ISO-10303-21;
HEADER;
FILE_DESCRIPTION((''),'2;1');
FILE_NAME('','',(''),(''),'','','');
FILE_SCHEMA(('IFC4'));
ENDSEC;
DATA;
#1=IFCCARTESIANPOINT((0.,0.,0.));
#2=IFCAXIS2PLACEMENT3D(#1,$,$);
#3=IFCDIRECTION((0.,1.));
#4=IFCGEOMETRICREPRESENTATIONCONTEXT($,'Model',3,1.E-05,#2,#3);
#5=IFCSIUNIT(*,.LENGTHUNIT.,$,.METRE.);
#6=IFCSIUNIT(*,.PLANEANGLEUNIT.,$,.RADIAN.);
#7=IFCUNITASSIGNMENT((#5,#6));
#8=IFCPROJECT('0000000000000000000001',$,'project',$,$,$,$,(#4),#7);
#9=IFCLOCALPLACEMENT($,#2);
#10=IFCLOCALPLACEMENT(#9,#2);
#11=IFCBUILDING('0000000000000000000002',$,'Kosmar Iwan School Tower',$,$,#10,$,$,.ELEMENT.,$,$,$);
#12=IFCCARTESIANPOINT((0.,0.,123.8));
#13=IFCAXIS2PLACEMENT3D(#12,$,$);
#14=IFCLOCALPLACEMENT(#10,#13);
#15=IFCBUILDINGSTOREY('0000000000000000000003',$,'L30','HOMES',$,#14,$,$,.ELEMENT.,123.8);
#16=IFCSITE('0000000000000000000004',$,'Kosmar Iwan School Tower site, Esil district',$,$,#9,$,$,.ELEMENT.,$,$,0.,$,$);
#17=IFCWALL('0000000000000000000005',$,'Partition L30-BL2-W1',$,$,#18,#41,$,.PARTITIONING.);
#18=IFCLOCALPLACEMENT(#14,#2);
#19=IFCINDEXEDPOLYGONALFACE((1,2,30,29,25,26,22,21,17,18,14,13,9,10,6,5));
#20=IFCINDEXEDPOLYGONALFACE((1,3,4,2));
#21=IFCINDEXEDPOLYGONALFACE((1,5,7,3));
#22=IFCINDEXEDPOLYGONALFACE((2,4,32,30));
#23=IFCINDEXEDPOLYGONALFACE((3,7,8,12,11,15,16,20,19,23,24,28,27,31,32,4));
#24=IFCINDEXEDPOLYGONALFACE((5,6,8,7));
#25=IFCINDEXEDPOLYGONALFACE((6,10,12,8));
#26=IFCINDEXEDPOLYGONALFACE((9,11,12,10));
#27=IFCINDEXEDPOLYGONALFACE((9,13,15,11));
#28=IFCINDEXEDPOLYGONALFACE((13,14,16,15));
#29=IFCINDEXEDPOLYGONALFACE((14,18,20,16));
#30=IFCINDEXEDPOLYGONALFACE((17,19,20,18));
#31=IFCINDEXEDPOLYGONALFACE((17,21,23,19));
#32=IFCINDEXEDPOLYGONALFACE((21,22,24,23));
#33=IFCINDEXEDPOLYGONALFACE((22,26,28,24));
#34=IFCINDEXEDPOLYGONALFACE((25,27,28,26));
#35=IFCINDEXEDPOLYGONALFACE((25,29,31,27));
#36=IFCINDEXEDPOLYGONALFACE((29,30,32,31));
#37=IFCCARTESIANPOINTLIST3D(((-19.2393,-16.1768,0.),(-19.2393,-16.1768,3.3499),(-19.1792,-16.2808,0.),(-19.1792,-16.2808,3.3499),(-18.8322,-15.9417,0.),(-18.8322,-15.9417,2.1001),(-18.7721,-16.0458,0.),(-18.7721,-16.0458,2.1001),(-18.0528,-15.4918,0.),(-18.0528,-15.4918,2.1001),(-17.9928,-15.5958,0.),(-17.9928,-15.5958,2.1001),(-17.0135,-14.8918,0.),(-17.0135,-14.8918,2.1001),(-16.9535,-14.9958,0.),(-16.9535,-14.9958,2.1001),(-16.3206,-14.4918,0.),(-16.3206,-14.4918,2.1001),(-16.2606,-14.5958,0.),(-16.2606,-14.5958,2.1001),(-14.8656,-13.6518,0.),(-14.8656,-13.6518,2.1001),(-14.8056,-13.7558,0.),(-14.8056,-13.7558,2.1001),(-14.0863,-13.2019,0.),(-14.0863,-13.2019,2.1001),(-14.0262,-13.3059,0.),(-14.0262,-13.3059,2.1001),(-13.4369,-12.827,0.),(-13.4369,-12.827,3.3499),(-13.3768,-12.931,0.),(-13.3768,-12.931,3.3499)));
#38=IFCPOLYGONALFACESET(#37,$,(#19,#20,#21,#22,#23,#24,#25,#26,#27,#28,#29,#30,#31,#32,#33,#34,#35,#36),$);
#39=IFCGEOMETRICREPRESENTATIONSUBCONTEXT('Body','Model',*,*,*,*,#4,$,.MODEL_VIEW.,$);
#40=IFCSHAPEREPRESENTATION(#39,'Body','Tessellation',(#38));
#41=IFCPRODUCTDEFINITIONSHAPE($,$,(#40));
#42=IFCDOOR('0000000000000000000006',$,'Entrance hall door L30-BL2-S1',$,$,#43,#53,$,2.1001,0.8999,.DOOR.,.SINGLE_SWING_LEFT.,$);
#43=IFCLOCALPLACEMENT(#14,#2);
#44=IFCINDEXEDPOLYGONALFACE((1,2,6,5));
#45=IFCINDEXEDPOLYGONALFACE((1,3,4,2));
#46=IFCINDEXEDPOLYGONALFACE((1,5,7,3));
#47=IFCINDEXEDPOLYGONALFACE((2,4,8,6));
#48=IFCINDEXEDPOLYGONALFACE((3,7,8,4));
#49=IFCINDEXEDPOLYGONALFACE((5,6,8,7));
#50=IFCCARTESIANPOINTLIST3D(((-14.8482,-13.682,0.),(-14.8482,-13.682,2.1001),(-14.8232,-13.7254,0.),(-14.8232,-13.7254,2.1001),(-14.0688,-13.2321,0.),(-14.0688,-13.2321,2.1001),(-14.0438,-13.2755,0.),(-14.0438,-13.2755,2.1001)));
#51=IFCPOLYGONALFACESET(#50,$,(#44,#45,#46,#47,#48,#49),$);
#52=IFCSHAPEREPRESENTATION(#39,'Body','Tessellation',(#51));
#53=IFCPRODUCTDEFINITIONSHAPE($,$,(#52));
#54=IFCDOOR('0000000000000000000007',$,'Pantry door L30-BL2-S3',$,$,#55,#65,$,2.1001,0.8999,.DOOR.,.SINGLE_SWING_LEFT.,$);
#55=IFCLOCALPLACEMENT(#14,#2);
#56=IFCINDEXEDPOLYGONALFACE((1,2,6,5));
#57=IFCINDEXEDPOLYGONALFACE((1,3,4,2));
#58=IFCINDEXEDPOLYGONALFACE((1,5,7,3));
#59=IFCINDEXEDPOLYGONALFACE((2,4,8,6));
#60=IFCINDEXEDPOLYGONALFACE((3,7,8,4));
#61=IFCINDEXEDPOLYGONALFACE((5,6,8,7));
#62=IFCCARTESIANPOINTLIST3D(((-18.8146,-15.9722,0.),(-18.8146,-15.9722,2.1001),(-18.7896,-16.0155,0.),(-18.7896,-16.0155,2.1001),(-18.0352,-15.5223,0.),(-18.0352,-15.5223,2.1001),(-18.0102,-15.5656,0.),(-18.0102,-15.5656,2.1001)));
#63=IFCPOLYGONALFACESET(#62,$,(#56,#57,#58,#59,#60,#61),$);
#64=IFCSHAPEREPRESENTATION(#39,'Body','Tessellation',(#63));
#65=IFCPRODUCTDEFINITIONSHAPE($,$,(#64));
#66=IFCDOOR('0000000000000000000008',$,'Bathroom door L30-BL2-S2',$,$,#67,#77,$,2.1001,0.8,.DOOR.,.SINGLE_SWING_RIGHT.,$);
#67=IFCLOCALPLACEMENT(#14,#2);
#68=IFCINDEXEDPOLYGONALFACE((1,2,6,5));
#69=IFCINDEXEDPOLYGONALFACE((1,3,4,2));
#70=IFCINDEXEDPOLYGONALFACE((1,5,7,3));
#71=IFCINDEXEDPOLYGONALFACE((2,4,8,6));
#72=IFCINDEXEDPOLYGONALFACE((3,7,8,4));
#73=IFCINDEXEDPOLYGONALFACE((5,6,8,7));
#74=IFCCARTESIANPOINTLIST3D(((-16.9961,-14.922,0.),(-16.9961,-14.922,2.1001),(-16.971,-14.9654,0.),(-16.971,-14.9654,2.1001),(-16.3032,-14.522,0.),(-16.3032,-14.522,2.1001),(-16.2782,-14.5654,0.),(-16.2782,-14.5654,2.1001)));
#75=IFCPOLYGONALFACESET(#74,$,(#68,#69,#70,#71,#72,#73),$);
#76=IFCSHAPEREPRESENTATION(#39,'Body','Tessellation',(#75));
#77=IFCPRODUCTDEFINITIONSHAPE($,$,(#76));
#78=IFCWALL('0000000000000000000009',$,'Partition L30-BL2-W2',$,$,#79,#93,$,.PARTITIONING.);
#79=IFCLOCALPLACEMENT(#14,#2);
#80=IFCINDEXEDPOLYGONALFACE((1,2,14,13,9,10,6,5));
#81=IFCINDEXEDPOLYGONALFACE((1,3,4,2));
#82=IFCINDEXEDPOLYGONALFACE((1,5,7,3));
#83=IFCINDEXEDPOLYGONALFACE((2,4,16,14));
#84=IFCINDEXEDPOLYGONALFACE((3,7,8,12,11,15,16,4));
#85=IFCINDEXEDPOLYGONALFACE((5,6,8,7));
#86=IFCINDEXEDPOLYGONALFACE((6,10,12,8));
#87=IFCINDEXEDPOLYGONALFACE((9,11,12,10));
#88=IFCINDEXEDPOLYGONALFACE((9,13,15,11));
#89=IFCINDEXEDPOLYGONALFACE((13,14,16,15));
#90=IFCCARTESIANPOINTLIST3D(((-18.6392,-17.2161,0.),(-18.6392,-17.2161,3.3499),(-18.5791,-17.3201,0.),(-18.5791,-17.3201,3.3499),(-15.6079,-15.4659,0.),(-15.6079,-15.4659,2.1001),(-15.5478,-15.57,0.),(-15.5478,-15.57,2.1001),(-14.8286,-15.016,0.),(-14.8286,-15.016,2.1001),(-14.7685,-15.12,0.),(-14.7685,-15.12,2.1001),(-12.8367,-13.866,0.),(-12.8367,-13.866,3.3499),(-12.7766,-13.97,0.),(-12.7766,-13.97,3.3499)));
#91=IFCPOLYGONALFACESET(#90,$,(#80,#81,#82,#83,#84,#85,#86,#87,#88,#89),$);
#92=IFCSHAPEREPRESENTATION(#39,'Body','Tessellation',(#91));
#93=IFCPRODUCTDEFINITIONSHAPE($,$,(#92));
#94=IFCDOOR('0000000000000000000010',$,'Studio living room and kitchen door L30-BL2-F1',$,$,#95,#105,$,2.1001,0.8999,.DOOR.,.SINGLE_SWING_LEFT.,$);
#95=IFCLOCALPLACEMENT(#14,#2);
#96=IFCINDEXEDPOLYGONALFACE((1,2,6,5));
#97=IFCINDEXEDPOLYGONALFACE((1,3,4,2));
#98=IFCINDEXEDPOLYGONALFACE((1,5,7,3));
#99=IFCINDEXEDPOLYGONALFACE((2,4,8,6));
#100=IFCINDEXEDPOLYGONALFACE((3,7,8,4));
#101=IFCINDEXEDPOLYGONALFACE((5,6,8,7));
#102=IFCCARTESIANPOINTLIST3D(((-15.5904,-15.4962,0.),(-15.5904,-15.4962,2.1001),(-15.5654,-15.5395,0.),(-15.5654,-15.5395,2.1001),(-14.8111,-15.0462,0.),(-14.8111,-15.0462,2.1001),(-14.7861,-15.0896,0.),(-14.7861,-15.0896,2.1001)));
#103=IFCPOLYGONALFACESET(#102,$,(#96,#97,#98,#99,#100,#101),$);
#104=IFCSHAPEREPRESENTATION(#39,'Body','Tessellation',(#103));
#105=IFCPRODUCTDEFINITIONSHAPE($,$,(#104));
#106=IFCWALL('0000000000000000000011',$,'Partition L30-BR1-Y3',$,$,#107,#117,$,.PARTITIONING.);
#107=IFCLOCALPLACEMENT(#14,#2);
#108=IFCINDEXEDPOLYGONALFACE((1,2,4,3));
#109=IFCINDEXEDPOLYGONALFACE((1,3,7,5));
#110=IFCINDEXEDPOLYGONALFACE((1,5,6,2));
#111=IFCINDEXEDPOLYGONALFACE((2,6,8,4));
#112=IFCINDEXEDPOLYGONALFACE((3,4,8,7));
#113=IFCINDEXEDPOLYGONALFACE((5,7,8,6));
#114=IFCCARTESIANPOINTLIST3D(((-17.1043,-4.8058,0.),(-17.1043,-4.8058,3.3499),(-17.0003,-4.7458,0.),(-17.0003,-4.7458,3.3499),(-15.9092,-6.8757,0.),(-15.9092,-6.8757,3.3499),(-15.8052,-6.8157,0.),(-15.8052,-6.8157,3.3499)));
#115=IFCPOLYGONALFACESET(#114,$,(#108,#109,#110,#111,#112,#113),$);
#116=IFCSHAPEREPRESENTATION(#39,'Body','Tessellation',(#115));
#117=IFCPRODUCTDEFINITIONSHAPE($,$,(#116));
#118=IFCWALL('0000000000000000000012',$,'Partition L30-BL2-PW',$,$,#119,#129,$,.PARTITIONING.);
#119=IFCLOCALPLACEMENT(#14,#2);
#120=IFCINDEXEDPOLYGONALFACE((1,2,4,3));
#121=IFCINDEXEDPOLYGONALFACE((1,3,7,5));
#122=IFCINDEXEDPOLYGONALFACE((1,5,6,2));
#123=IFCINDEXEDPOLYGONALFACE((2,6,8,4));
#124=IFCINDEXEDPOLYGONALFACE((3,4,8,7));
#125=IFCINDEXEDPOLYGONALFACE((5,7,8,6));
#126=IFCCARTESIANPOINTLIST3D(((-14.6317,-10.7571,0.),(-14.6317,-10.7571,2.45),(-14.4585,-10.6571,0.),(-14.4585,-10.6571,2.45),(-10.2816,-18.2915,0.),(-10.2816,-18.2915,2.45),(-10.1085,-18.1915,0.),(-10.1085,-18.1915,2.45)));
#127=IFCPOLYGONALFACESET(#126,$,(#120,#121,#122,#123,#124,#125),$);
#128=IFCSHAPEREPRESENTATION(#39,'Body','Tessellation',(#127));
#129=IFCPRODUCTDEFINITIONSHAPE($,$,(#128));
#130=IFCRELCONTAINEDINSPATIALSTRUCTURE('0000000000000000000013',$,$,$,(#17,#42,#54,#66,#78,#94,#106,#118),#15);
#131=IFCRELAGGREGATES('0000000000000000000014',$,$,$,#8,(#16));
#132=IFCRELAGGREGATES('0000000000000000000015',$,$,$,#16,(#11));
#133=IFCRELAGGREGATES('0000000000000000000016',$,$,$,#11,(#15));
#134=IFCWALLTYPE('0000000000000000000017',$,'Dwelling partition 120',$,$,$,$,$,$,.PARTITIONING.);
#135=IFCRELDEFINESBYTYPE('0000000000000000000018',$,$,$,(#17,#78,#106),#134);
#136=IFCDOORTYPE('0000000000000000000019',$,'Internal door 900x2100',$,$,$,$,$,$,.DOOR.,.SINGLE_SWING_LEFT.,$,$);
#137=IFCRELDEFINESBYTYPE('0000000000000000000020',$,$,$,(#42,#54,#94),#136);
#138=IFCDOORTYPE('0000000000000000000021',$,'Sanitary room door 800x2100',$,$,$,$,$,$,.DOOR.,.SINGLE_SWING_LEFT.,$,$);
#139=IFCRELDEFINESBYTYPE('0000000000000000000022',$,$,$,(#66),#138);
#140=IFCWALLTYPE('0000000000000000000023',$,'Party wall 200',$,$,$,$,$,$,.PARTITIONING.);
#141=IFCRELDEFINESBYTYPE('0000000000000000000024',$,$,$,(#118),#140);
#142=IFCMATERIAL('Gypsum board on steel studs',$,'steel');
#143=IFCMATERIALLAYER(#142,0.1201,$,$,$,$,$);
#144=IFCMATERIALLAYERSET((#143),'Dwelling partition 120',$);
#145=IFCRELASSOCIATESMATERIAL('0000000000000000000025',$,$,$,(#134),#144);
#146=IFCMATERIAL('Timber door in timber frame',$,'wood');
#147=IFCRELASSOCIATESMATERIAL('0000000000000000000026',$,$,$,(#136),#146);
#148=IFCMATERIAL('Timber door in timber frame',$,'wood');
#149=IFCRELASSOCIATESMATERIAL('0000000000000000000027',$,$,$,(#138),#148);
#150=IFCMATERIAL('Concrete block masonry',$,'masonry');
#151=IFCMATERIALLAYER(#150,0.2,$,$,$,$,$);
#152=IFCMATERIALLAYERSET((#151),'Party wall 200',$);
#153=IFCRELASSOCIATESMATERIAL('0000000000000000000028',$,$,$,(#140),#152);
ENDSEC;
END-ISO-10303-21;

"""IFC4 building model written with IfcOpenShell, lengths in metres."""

from ifc_helpers import new_model, si_unit, direction, frame, frame_2d, origin, place, context, subcontext, project, spatial, rectangle, extrude, material, layer, layer_set, type_object, element, fill, save


model = new_model("IFC4")

# Units and contexts
model_context = context("Model", 3, precision=1e-05, world=origin(), true_north=direction((0.0, 1.0)))
body_context = subcontext(model_context, "Body", "Model", "MODEL_VIEW")
ifc_project = project(units=[si_unit("LENGTHUNIT", "METRE"), si_unit("PLANEANGLEUNIT", "RADIAN")], contexts=[model_context])

# Site, building, storey
site_placement = place(None, origin())
site = spatial("IfcSite", under=ifc_project, at=site_placement, Name="Kosmar Iwan School Tower site, Esil district", CompositionType="ELEMENT", RefElevation=0.0)
building_placement = place(site_placement, origin())
building = spatial("IfcBuilding", under=site, at=building_placement, Name="Kosmar Iwan School Tower", CompositionType="ELEMENT")
storey_placement = place(building_placement, frame((0.0, 0.0, 123.8)))
storey = spatial("IfcBuildingStorey", under=building, at=storey_placement, Name="L30", Description="HOMES", CompositionType="ELEMENT", Elevation=123.8)

# Shared definitions
ifc_material_1 = material(Name="Gypsum board on steel studs", Category="steel")
ifc_layer_1 = layer(ifc_material_1, 0.1201)
ifc_layer_set_1 = layer_set([ifc_layer_1], Name="Dwelling partition 120")
wall_type_1 = type_object("IfcWallType", Name="Dwelling partition 120", PredefinedType="PARTITIONING", material=ifc_layer_set_1)

# Wall, openings, doors
wall_1_placement = place(storey_placement, frame((-13.4067, -12.8789, 0.0), z_axis=(0.0, 0.0, 1.0), x_axis=(-0.866039, -0.499976, 0.0)))
wall_1 = element("IfcWall", 1, at=wall_1_placement, inside=storey, type_object=wall_type_1, Name="Partition L30-BL2-W1", PredefinedType="PARTITIONING", context=body_context, shape_type="SweptSolid", body=[
    extrude(rectangle(XDim=6.7, YDim=0.1201, at=frame_2d((3.3501, 0.0))), origin(), (0.0, 0.0, 1.0), 3.3499),
])
opening_1_placement = place(wall_1_placement, frame((0.75, 0.0, 0.0)))
opening_1 = element("IfcOpeningElement", 2, at=opening_1_placement, cuts=wall_1, PredefinedType="OPENING", context=body_context, shape_type="SweptSolid", body=[
    extrude(rectangle(XDim=0.8999, YDim=2.1001, at=frame_2d((0.45, 1.05))), frame((0.0, 0.072, 0.0), z_axis=(0.0, -1.0, 0.0), x_axis=(1.0, 0.0, 0.0)), (0.0, 0.0, 1.0), 0.144),
])
opening_2_placement = place(wall_1_placement, frame((3.3301, 0.0, 0.0)))
opening_2 = element("IfcOpeningElement", 3, at=opening_2_placement, cuts=wall_1, PredefinedType="OPENING", context=body_context, shape_type="SweptSolid", body=[
    extrude(rectangle(XDim=0.8, YDim=2.1001, at=frame_2d((0.3999, 1.05))), frame((0.0, 0.072, 0.0), z_axis=(0.0, -1.0, 0.0), x_axis=(1.0, 0.0, 0.0)), (0.0, 0.0, 1.0), 0.144),
])
opening_3_placement = place(wall_1_placement, frame((5.3301, 0.0, 0.0)))
opening_3 = element("IfcOpeningElement", 4, at=opening_3_placement, cuts=wall_1, PredefinedType="OPENING", context=body_context, shape_type="SweptSolid", body=[
    extrude(rectangle(XDim=0.8999, YDim=2.1001, at=frame_2d((0.45, 1.05))), frame((0.0, 0.072, 0.0), z_axis=(0.0, -1.0, 0.0), x_axis=(1.0, 0.0, 0.0)), (0.0, 0.0, 1.0), 0.144),
])
ifc_material_2 = material(Name="Timber door in timber frame", Category="wood")
door_type_1 = type_object("IfcDoorType", Name="Internal door 900x2100", OperationType="SINGLE_SWING_LEFT", PredefinedType="DOOR", material=ifc_material_2)
door_1_placement = place(opening_1_placement, origin())
door_1 = element("IfcDoor", 5, at=door_1_placement, inside=storey, type_object=door_type_1, Name="Entrance hall door L30-BL2-S1", OperationType="SINGLE_SWING_LEFT", OverallHeight=2.1001, OverallWidth=0.8999, PredefinedType="DOOR", context=body_context, shape_type="SweptSolid", body=[
    extrude(rectangle(XDim=0.8999, YDim=2.1001, at=frame_2d((0.45, 1.05))), frame((0.0, 0.0249, 0.0), z_axis=(0.0, -1.0, 0.0), x_axis=(1.0, 0.0, 0.0)), (0.0, 0.0, 1.0), 0.05),
])
fill(opening_1, door_1)
door_2_placement = place(opening_3_placement, frame((0.8999, 0.0, 0.0), z_axis=(0.0, 0.0, 1.0), x_axis=(-1.0, 0.0, 0.0)))
door_2 = element("IfcDoor", 6, at=door_2_placement, inside=storey, type_object=door_type_1, Name="Pantry door L30-BL2-S3", OperationType="SINGLE_SWING_LEFT", OverallHeight=2.1001, OverallWidth=0.8999, PredefinedType="DOOR", context=body_context, shape_type="SweptSolid", body=[
    extrude(rectangle(XDim=0.8999, YDim=2.1001, at=frame_2d((0.45, 1.05))), frame((0.0, 0.0249, 0.0), z_axis=(0.0, -1.0, 0.0), x_axis=(1.0, 0.0, 0.0)), (0.0, 0.0, 1.0), 0.05),
])
fill(opening_3, door_2)
ifc_material_3 = material(Name="Timber door in timber frame", Category="wood")
door_type_2 = type_object("IfcDoorType", Name="Sanitary room door 800x2100", OperationType="SINGLE_SWING_LEFT", PredefinedType="DOOR", material=ifc_material_3)
door_3_placement = place(opening_2_placement, origin())
door_3 = element("IfcDoor", 7, at=door_3_placement, inside=storey, type_object=door_type_2, Name="Bathroom door L30-BL2-S2", OperationType="SINGLE_SWING_RIGHT", OverallHeight=2.1001, OverallWidth=0.8, PredefinedType="DOOR", context=body_context, shape_type="SweptSolid", body=[
    extrude(rectangle(XDim=0.8, YDim=2.1001, at=frame_2d((0.3999, 1.05))), frame((0.0, 0.0249, 0.0), z_axis=(0.0, -1.0, 0.0), x_axis=(1.0, 0.0, 0.0)), (0.0, 0.0, 1.0), 0.05),
])
fill(opening_2, door_3)

# Wall, opening, door
wall_2_placement = place(storey_placement, frame((-12.8066, -13.918, 0.0), z_axis=(0.0, 0.0, 1.0), x_axis=(-0.866024, -0.500003, 0.0)))
wall_2 = element("IfcWall", 8, at=wall_2_placement, inside=storey, type_object=wall_type_1, Name="Partition L30-BL2-W2", PredefinedType="PARTITIONING", context=body_context, shape_type="SweptSolid", body=[
    extrude(rectangle(XDim=6.7002, YDim=0.1201, at=frame_2d((3.3501, 0.0))), origin(), (0.0, 0.0, 1.0), 3.3499),
])
opening_4_placement = place(wall_2_placement, frame((2.3, 0.0, 0.0)))
opening_4 = element("IfcOpeningElement", 9, at=opening_4_placement, cuts=wall_2, PredefinedType="OPENING", context=body_context, shape_type="SweptSolid", body=[
    extrude(rectangle(XDim=0.8999, YDim=2.1001, at=frame_2d((0.45, 1.05))), frame((0.0, 0.072, 0.0), z_axis=(0.0, -1.0, 0.0), x_axis=(1.0, 0.0, 0.0)), (0.0, 0.0, 1.0), 0.144),
])
door_4_placement = place(opening_4_placement, origin())
door_4 = element("IfcDoor", 10, at=door_4_placement, inside=storey, type_object=door_type_1, Name="Studio living room and kitchen door L30-BL2-F1", OperationType="SINGLE_SWING_LEFT", OverallHeight=2.1001, OverallWidth=0.8999, PredefinedType="DOOR", context=body_context, shape_type="SweptSolid", body=[
    extrude(rectangle(XDim=0.8999, YDim=2.1001, at=frame_2d((0.45, 1.05))), frame((0.0, 0.0249, 0.0), z_axis=(0.0, -1.0, 0.0), x_axis=(1.0, 0.0, 0.0)), (0.0, 0.0, 1.0), 0.05),
])
fill(opening_4, door_4)

# Walls
wall_3_placement = place(storey_placement, frame((-15.8572, -6.8457, 0.0), z_axis=(0.0, 0.0, 1.0), x_axis=(-0.500017, 0.866015, 0.0)))
element("IfcWall", 11, at=wall_3_placement, inside=storey, type_object=wall_type_1, Name="Partition L30-BR1-Y3", PredefinedType="PARTITIONING", context=body_context, shape_type="SweptSolid", body=[
    extrude(rectangle(XDim=2.3901, YDim=0.1201, at=frame_2d((1.1951, 0.0))), origin(), (0.0, 0.0, 1.0), 3.3499),
])
ifc_material_4 = material(Name="Concrete block masonry", Category="masonry")
ifc_layer_2 = layer(ifc_material_4, 0.2)
ifc_layer_set_2 = layer_set([ifc_layer_2], Name="Party wall 200")
wall_type_2 = type_object("IfcWallType", Name="Party wall 200", PredefinedType="PARTITIONING", material=ifc_layer_set_2)
wall_4_placement = place(storey_placement, frame((-14.5452, -10.707, 0.0), z_axis=(0.0, 0.0, 1.0), x_axis=(0.500008, -0.866021, 0.0)))
element("IfcWall", 12, at=wall_4_placement, inside=storey, type_object=wall_type_2, Name="Partition L30-BL2-PW", PredefinedType="PARTITIONING", context=body_context, shape_type="SweptSolid", body=[
    extrude(rectangle(XDim=8.7, YDim=0.2, at=frame_2d((4.3501, 0.0))), origin(), (0.0, 0.0, 1.0), 2.45),
])

save(model, "model.ifc")
